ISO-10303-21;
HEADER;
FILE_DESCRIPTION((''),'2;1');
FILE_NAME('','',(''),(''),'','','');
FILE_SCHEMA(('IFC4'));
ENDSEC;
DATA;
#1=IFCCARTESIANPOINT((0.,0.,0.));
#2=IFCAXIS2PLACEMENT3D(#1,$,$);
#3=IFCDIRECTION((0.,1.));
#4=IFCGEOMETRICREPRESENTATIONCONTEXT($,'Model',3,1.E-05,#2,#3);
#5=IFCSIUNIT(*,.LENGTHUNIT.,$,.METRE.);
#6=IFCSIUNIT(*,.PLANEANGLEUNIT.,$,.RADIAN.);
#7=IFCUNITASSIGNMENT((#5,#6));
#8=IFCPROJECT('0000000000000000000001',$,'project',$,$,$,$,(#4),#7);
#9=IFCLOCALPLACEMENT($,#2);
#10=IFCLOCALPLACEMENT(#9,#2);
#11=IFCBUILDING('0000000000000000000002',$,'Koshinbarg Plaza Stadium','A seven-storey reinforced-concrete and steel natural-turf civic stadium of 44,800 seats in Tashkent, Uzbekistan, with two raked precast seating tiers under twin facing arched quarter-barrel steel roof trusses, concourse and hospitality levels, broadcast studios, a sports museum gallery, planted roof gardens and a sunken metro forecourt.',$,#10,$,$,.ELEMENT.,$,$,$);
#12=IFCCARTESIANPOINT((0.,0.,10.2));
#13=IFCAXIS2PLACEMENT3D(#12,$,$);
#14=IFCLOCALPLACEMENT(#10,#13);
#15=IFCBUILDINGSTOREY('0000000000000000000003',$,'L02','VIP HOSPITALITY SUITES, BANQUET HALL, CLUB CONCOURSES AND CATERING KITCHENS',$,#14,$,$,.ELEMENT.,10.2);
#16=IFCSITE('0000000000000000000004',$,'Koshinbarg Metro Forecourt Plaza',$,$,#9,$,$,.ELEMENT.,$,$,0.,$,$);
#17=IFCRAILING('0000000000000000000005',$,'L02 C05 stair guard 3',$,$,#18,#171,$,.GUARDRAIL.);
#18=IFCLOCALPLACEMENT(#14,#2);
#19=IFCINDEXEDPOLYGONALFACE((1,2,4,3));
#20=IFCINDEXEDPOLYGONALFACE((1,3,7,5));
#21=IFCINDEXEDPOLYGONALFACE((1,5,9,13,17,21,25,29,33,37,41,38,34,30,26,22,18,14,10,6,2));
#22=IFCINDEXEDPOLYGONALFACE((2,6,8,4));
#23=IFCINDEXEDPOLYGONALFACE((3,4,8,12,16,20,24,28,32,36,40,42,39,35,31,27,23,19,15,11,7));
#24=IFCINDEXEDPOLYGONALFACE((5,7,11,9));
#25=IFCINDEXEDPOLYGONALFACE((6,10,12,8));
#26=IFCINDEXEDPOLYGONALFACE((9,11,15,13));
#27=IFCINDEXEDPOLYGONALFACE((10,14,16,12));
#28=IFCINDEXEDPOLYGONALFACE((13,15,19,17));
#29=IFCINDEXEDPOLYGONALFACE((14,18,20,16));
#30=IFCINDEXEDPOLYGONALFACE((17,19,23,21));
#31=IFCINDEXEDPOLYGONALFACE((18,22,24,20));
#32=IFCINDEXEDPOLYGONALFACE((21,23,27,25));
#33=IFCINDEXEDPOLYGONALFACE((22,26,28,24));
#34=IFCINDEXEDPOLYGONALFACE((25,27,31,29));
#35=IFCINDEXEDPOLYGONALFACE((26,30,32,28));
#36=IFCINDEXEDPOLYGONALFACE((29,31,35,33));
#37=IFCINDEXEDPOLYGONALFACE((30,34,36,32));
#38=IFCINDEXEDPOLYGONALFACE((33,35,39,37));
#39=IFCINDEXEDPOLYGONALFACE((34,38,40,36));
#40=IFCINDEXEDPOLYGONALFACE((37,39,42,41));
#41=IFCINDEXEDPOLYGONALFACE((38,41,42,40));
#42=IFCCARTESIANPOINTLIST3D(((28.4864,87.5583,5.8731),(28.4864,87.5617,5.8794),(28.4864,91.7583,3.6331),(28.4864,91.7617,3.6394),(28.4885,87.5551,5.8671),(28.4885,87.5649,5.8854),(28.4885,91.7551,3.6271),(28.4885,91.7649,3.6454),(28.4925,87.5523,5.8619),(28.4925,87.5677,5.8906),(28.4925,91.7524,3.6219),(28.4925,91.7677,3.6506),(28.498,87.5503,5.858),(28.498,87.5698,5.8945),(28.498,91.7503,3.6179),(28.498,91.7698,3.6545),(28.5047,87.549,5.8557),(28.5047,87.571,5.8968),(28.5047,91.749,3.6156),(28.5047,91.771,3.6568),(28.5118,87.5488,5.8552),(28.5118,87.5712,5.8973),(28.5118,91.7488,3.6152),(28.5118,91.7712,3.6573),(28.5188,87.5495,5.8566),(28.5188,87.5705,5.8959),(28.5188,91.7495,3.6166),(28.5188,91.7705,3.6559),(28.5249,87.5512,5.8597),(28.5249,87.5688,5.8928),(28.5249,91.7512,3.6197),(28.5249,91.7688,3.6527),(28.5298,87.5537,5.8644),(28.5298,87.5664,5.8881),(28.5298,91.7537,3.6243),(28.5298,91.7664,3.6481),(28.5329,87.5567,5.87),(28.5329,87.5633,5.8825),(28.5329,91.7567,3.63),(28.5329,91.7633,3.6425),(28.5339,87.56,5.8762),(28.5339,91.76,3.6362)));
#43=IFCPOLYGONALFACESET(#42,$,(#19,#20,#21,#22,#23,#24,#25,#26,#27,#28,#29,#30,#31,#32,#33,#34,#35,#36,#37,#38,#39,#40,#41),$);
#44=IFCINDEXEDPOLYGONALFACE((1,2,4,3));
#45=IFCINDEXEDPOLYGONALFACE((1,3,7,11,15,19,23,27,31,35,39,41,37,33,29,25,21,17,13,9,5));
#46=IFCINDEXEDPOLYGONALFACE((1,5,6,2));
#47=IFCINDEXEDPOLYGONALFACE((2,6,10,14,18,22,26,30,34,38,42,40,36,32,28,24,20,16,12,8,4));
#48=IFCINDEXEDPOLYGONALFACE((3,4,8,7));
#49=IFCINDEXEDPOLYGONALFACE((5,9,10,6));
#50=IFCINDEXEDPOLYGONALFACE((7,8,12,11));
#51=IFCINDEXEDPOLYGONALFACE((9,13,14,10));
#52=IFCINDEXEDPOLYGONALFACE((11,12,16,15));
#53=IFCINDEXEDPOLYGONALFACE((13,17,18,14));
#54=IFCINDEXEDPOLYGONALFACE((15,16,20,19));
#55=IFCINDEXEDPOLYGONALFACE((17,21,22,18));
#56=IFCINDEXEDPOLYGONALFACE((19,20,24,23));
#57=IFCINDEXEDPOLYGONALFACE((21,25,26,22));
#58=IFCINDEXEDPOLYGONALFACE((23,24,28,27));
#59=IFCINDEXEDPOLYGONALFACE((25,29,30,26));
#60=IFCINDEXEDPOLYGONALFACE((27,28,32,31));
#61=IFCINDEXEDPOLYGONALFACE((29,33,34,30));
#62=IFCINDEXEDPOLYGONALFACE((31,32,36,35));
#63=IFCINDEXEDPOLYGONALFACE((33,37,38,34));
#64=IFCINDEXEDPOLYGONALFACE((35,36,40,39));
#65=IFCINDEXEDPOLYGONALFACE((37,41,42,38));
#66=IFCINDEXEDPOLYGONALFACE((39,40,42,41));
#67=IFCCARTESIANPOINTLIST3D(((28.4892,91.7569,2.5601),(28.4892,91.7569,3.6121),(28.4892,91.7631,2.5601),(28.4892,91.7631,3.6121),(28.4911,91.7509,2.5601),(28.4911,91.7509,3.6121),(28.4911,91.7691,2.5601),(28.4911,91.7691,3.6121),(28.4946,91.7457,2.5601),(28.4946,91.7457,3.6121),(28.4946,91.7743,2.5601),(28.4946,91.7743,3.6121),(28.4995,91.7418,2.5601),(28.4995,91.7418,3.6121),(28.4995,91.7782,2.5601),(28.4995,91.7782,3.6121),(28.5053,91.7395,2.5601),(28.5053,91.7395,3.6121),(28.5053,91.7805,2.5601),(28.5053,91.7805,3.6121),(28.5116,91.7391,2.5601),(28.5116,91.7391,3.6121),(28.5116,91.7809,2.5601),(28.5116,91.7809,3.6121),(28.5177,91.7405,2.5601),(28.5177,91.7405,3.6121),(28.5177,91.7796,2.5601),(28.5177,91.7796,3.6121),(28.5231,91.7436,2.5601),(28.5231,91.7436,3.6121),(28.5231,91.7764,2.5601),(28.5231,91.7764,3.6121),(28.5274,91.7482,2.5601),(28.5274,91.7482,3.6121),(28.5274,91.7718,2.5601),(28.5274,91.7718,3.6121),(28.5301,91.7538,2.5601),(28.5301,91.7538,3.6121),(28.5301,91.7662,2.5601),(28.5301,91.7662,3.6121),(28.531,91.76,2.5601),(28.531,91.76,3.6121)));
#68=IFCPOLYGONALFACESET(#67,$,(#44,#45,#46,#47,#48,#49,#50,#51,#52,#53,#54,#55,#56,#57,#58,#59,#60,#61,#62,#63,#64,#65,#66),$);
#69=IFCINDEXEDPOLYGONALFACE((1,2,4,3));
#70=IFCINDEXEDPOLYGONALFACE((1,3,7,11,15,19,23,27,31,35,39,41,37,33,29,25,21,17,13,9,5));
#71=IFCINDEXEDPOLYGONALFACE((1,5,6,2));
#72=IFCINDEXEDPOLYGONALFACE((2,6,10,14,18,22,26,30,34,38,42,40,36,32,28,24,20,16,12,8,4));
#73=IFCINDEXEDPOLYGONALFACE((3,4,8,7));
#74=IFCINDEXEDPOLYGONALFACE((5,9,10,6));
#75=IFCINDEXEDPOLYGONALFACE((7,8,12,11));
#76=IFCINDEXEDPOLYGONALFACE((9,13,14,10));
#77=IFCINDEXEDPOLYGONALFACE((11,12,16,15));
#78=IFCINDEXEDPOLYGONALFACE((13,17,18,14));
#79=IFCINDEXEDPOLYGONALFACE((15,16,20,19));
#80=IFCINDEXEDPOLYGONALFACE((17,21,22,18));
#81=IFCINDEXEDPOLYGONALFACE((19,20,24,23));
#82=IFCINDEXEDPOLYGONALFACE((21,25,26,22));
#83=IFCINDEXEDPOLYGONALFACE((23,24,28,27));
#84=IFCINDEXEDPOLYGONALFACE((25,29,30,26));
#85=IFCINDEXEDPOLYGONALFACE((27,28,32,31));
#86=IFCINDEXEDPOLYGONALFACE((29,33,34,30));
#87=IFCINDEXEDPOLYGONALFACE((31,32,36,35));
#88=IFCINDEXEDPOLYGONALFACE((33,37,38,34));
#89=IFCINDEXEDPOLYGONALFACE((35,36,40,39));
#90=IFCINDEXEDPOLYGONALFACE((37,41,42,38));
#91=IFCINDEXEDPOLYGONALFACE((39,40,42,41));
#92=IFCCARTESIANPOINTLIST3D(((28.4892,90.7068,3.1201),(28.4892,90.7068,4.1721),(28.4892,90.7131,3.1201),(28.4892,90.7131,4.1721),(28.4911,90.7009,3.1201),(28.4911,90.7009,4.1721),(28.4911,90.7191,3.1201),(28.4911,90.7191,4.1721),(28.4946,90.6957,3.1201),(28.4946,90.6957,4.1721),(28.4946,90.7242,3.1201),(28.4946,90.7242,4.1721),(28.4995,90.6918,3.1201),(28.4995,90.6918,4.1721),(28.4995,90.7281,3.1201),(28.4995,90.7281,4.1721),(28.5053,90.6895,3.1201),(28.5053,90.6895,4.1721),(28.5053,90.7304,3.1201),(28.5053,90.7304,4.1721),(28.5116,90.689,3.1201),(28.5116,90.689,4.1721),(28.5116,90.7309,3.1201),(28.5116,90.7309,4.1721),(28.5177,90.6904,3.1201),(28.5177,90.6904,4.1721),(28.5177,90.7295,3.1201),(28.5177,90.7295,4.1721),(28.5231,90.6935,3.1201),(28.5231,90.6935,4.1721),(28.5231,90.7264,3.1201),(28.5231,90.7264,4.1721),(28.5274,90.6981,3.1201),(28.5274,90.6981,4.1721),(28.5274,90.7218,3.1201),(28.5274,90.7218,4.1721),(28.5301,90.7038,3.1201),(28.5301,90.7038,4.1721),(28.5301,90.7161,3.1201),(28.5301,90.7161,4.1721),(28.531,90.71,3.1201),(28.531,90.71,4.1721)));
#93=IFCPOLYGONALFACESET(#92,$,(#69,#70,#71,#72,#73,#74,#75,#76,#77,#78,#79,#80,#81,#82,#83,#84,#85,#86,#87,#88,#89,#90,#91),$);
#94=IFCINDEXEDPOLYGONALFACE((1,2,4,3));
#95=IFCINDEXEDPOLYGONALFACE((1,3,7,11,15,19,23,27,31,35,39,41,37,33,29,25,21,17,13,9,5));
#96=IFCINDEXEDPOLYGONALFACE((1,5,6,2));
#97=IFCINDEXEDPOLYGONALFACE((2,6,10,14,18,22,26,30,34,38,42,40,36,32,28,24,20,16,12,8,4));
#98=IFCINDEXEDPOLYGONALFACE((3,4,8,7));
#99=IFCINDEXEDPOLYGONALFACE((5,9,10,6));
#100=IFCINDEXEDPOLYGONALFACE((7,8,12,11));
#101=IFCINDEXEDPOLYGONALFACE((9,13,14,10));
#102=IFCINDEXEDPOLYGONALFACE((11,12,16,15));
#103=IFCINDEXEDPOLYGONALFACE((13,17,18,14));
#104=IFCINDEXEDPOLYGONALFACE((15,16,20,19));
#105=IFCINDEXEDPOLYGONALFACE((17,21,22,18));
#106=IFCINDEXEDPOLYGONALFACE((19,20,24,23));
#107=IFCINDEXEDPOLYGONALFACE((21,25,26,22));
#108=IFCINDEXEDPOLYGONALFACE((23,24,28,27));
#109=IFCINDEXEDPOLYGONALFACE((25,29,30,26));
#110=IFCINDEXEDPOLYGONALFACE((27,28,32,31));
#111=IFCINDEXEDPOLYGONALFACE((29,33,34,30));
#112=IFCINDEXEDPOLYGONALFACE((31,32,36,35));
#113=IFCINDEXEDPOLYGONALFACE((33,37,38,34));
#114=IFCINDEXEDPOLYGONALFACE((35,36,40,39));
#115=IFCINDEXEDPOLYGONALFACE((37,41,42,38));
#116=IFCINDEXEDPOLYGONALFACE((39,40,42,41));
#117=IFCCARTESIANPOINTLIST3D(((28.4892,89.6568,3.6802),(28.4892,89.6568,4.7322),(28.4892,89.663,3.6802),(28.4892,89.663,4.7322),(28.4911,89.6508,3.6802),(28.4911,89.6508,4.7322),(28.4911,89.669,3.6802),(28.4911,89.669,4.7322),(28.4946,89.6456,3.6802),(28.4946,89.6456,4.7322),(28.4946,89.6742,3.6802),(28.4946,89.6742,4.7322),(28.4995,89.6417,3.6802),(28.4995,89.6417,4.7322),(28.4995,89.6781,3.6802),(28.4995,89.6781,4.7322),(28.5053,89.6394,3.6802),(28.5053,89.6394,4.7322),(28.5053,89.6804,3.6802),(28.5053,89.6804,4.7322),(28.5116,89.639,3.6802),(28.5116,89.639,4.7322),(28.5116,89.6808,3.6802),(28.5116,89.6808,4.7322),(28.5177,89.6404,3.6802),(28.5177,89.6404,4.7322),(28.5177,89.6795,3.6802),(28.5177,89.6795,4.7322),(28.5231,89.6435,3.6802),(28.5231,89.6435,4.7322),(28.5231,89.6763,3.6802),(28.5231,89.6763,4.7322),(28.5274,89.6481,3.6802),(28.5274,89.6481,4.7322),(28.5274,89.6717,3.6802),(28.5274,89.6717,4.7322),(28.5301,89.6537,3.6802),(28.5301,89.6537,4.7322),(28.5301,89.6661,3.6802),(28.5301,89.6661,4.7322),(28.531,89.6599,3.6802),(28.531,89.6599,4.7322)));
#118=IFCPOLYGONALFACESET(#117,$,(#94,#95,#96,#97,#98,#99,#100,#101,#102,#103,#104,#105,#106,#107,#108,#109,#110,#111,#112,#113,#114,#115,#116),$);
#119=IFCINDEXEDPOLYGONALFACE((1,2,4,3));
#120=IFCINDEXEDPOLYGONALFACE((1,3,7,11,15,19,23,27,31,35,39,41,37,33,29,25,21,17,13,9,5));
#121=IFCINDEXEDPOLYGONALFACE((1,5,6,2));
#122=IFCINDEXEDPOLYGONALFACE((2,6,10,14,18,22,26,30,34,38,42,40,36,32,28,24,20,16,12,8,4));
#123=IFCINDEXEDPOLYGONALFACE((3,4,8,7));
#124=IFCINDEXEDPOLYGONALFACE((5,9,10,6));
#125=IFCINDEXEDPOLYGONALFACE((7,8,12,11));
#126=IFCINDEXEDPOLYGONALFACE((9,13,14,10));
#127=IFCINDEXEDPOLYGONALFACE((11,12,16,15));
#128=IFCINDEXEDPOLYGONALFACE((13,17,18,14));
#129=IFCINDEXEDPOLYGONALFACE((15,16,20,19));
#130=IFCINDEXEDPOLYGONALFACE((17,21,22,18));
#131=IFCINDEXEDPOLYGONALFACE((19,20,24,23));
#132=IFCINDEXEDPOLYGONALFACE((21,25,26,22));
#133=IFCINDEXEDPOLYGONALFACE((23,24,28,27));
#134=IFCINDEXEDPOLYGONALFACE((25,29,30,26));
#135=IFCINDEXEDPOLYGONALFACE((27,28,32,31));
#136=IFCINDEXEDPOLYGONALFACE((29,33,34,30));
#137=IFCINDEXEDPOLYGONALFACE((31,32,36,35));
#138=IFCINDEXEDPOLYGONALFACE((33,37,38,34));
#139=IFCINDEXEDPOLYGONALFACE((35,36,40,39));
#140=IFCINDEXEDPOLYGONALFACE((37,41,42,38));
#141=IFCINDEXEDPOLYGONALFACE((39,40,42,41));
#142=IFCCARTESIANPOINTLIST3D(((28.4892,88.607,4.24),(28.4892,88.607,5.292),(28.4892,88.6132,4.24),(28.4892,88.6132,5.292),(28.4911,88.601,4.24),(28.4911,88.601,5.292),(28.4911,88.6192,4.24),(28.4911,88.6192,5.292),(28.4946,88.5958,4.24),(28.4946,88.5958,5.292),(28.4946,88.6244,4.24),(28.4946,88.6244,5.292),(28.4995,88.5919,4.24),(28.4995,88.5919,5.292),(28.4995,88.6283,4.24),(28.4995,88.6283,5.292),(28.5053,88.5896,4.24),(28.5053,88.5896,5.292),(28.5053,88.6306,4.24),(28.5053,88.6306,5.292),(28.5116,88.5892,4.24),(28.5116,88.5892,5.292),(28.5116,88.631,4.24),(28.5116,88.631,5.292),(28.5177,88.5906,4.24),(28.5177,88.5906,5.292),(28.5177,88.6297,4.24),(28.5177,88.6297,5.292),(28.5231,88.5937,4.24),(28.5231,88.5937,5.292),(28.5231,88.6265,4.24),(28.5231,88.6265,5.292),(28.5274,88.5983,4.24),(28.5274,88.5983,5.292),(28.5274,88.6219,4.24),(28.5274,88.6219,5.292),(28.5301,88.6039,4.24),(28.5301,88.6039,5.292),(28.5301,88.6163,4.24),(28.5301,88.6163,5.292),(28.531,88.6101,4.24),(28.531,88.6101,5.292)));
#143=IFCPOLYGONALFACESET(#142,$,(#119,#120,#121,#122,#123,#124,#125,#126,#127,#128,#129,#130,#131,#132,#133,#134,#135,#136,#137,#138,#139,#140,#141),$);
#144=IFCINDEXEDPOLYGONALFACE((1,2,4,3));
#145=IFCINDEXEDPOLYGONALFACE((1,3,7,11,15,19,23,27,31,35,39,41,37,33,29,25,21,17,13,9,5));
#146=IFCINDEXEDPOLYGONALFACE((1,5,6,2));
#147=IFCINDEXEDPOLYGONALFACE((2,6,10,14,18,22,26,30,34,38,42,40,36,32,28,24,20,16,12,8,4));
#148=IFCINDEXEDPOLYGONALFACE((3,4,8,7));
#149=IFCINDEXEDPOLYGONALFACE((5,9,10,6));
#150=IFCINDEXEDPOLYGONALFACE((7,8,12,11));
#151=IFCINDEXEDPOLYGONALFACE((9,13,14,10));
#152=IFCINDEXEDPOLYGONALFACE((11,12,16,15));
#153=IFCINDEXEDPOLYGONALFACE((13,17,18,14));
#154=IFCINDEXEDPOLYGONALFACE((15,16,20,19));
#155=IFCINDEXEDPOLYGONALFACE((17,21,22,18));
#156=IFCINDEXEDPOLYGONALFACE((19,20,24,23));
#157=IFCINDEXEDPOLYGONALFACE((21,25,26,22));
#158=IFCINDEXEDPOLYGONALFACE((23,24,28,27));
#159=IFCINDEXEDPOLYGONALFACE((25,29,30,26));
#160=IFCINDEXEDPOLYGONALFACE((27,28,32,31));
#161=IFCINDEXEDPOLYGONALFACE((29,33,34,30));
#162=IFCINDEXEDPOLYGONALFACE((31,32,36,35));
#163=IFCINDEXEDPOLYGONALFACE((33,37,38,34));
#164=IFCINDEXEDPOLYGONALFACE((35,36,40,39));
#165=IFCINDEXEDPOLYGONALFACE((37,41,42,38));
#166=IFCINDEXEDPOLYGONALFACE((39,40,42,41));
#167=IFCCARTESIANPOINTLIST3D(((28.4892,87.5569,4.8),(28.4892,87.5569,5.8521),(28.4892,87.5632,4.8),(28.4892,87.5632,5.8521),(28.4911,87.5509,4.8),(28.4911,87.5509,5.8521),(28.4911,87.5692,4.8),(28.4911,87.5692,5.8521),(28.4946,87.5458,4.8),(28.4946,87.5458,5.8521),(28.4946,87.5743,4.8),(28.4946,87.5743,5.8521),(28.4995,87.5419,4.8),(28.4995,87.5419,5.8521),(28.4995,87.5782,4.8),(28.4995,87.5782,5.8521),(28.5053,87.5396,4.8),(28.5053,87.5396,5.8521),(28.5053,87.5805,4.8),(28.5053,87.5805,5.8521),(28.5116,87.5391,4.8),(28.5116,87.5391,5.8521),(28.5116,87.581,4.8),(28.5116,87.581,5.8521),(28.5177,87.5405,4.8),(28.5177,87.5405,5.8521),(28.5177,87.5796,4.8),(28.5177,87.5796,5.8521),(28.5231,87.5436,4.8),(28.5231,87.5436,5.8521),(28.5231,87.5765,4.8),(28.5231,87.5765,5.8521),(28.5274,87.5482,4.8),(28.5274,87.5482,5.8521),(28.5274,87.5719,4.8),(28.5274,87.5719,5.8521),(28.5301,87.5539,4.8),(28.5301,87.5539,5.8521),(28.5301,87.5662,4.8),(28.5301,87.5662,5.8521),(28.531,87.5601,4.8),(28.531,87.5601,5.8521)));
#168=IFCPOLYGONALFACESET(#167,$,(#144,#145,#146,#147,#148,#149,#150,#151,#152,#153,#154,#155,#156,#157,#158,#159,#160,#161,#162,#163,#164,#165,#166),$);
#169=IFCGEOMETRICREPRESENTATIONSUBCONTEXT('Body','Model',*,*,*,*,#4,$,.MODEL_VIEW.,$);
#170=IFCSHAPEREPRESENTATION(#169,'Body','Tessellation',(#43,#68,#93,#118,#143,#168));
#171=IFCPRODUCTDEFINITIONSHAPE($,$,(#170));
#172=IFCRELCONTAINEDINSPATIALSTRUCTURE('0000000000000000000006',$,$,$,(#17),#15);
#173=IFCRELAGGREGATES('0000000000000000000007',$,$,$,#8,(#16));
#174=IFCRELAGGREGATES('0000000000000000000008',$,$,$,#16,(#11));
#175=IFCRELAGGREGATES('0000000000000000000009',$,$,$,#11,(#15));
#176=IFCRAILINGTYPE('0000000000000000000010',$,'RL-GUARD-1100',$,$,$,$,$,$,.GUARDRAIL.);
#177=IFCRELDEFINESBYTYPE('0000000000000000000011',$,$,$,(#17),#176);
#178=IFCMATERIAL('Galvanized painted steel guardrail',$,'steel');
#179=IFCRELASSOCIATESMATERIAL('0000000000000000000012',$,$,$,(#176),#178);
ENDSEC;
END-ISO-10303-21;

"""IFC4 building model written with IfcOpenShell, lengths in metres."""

from ifc_helpers import new_model, si_unit, direction, frame, origin, origin_2d, place, context, subcontext, project, spatial, circle, extrude, material, type_object, element, save


model = new_model("IFC4")

# Units and contexts
model_context = context("Model", 3, precision=1e-05, world=origin(), true_north=direction((0.0, 1.0)))
body_context = subcontext(model_context, "Body", "Model", "MODEL_VIEW")
ifc_project = project(units=[si_unit("LENGTHUNIT", "METRE"), si_unit("PLANEANGLEUNIT", "RADIAN")], contexts=[model_context])

# Site, building, storey
site_placement = place(None, origin())
site = spatial("IfcSite", under=ifc_project, at=site_placement, Name="Koshinbarg Metro Forecourt Plaza", CompositionType="ELEMENT", RefElevation=0.0)
building_placement = place(site_placement, origin())
building = spatial("IfcBuilding", under=site, at=building_placement, Name="Koshinbarg Plaza Stadium", Description="A seven-storey reinforced-concrete and steel natural-turf civic stadium of 44,800 seats in Tashkent, Uzbekistan, with two raked precast seating tiers under twin facing arched quarter-barrel steel roof trusses, concourse and hospitality levels, broadcast studios, a sports museum gallery, planted roof gardens and a sunken metro forecourt.", CompositionType="ELEMENT")
storey_placement = place(building_placement, frame((0.0, 0.0, 10.2)))
storey = spatial("IfcBuildingStorey", under=building, at=storey_placement, Name="L02", Description="VIP HOSPITALITY SUITES, BANQUET HALL, CLUB CONCOURSES AND CATERING KITCHENS", CompositionType="ELEMENT", Elevation=10.2)

# Railing
ifc_material_1 = material(Name="Galvanized painted steel guardrail", Category="steel")
railing_type_1 = type_object("IfcRailingType", Name="RL-GUARD-1100", PredefinedType="GUARDRAIL", material=ifc_material_1)
railing_1_placement = place(storey_placement, frame((28.51, 91.76, 2.5601)))
element("IfcRailing", 1, at=railing_1_placement, inside=storey, type_object=railing_type_1, Name="L02 C05 stair guard 3", PredefinedType="GUARDRAIL", context=body_context, shape_type="SweptSolid", body=[
    extrude(circle(Radius=0.0239, at=origin_2d()), frame((0.0, 0.0, 1.0762), z_axis=(0.0, -0.882352, 0.470591), x_axis=(1.0, 0.0, 0.0)), (0.0, 0.0, 1.0), 4.76),
    extrude(circle(Radius=0.021, at=origin_2d()), origin(), (0.0, 0.0, 1.0), 1.052),
    extrude(circle(Radius=0.021, at=origin_2d()), frame((0.0, -1.05, 0.5601)), (0.0, 0.0, 1.0), 1.052),
    extrude(circle(Radius=0.021, at=origin_2d()), frame((0.0, -2.1001, 1.1201)), (0.0, 0.0, 1.0), 1.052),
    extrude(circle(Radius=0.021, at=origin_2d()), frame((0.0, -3.1499, 1.6799)), (0.0, 0.0, 1.0), 1.052),
    extrude(circle(Radius=0.021, at=origin_2d()), frame((0.0, -4.2, 2.24)), (0.0, 0.0, 1.0), 1.052),
])

save(model, "model.ifc")
